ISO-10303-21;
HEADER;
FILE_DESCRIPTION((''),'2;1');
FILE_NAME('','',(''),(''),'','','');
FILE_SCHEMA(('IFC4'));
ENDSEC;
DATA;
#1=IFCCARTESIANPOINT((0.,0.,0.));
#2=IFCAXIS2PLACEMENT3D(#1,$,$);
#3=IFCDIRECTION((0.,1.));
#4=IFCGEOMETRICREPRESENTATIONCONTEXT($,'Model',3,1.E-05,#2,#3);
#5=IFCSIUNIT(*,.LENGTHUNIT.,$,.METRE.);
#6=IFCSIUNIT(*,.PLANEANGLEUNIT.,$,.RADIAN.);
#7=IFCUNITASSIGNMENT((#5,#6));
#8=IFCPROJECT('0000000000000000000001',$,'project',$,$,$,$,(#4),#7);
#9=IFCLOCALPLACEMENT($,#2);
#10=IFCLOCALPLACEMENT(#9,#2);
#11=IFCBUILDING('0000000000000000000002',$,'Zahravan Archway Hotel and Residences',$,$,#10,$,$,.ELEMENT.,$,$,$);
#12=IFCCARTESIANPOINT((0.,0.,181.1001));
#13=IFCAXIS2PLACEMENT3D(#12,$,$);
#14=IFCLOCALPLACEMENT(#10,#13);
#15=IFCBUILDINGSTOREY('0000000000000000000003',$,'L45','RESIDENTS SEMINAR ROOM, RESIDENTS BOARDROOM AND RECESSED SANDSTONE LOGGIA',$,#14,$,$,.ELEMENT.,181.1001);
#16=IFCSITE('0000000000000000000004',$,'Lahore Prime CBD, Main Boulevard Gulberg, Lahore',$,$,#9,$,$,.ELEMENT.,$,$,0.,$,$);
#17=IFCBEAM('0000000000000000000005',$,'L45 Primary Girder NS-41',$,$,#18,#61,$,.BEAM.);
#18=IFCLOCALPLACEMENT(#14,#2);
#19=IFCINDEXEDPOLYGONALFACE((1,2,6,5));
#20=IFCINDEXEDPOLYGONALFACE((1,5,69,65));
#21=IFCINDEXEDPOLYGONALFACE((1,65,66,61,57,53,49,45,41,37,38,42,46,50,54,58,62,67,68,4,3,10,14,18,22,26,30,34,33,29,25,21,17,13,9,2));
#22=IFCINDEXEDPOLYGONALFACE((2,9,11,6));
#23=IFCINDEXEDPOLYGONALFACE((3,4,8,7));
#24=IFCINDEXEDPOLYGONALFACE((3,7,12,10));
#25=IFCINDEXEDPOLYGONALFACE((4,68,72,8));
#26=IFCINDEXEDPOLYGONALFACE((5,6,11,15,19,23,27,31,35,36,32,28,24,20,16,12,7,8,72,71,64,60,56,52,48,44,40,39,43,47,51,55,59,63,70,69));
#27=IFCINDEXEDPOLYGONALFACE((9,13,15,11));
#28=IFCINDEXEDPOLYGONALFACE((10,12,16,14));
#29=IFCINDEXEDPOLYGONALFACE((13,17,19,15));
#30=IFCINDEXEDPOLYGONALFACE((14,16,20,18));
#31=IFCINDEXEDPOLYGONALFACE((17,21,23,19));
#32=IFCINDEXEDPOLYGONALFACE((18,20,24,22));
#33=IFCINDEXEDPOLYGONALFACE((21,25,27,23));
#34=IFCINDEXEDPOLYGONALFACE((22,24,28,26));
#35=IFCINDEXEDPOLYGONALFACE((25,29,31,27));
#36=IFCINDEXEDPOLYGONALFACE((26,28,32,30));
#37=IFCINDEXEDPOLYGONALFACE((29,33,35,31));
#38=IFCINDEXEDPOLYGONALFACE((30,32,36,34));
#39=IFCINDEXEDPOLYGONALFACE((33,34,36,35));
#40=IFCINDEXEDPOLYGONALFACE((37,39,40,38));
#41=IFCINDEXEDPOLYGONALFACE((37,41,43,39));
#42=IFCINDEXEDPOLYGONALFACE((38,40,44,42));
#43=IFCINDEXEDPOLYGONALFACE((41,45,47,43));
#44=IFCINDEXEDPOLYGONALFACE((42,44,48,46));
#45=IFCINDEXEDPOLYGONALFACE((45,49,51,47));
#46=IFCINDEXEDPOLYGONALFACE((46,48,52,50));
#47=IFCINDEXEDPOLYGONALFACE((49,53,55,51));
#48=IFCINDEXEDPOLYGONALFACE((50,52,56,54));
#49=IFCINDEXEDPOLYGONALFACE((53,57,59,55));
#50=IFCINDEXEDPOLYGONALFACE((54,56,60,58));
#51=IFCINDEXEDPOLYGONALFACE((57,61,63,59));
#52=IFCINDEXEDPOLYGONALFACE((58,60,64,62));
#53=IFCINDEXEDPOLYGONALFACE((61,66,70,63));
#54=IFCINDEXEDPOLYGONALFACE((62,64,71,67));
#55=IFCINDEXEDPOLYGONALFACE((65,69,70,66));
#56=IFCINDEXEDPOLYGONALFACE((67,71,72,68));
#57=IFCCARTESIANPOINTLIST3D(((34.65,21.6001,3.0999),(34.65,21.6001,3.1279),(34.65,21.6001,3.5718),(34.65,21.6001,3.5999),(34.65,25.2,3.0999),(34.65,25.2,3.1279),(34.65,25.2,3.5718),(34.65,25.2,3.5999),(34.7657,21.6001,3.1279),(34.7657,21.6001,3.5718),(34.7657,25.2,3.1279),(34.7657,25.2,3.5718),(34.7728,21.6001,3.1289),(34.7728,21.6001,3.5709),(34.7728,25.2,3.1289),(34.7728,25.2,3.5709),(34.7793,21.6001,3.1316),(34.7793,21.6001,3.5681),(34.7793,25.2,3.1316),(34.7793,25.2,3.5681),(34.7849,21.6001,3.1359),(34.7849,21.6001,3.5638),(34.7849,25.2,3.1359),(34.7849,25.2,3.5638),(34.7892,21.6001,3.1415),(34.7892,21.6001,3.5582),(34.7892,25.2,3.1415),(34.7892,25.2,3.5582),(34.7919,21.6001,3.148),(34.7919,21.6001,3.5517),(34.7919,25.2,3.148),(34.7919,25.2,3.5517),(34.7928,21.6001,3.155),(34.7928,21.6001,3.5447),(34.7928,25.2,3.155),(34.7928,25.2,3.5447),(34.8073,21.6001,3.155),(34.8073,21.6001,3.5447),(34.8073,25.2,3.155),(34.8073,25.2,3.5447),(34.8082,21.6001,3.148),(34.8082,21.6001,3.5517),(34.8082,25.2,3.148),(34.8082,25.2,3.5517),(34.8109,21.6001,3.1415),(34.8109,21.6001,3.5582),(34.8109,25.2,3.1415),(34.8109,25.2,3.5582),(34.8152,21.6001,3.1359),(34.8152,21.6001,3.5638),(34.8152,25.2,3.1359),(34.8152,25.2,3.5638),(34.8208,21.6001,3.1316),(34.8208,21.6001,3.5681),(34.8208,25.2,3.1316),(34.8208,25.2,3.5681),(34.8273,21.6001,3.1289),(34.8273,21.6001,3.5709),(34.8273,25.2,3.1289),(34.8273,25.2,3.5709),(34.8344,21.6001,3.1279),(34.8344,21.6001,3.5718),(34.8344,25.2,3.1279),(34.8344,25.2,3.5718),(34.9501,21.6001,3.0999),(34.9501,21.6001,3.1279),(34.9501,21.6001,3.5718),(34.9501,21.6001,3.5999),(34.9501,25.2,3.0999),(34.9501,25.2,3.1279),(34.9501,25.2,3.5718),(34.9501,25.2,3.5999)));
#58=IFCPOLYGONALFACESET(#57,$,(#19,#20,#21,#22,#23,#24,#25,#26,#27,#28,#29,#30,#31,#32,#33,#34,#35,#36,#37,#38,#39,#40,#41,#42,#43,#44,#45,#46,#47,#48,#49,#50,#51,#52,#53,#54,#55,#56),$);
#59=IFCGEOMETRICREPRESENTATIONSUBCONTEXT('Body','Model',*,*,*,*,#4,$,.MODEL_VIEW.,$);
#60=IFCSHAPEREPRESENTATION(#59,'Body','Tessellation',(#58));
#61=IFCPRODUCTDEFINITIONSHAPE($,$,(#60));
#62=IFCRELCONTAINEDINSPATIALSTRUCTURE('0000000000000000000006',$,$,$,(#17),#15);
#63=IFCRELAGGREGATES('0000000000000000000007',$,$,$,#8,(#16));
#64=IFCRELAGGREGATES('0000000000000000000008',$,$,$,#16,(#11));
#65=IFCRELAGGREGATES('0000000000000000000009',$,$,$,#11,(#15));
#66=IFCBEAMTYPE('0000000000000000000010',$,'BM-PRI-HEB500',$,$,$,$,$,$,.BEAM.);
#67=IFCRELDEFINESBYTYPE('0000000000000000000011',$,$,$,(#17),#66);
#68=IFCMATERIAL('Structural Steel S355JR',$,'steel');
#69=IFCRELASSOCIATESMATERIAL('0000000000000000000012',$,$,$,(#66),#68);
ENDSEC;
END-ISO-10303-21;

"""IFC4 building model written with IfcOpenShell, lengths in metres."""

from ifc_helpers import new_model, si_unit, direction, frame, origin, origin_2d, place, context, subcontext, project, spatial, i_section, extrude, source, transform, mapped, material, material_profile, profile_set, type_object, element, save


model = new_model("IFC4")

# Units and contexts
model_context = context("Model", 3, precision=1e-05, world=origin(), true_north=direction((0.0, 1.0)))
body_context = subcontext(model_context, "Body", "Model", "MODEL_VIEW")
ifc_project = project(units=[si_unit("LENGTHUNIT", "METRE"), si_unit("PLANEANGLEUNIT", "RADIAN")], contexts=[model_context])

# Site, building, storey
site_placement = place(None, origin())
site = spatial("IfcSite", under=ifc_project, at=site_placement, Name="Lahore Prime CBD, Main Boulevard Gulberg, Lahore", CompositionType="ELEMENT", RefElevation=0.0)
building_placement = place(site_placement, origin())
building = spatial("IfcBuilding", under=site, at=building_placement, Name="Zahravan Archway Hotel and Residences", CompositionType="ELEMENT")
storey_placement = place(building_placement, frame((0.0, 0.0, 181.1001)))
storey = spatial("IfcBuildingStorey", under=building, at=storey_placement, Name="L45", Description="RESIDENTS SEMINAR ROOM, RESIDENTS BOARDROOM AND RECESSED SANDSTONE LOGGIA", CompositionType="ELEMENT", Elevation=181.1001)

# Beam
ifc_material_1 = material(Name="Structural Steel S355JR", Category="steel")
ifc_material_profile_1 = material_profile(ifc_material_1, i_section(OverallWidth=0.3, OverallDepth=0.5, WebThickness=0.0144, FlangeThickness=0.0281, FilletRadius=0.0271, at=origin_2d()), Name="HEB 500", Category="steel")
ifc_profile_set_1 = profile_set([ifc_material_profile_1], Name="Structural Steel S355JR")
beam_type_1 = type_object("IfcBeamType", Name="BM-PRI-HEB500", PredefinedType="BEAM", material=ifc_profile_set_1)
shared_shape_1 = source(origin(), body_context, "Body", "SweptSolid", [
    extrude(i_section(OverallWidth=0.3, OverallDepth=0.5, WebThickness=0.0144, FlangeThickness=0.0281, FilletRadius=0.0271, at=origin_2d()), origin(), (0.0, 0.0, 1.0), 3.5999),
])
beam_1_placement = place(storey_placement, frame((34.8, 21.6001, 3.3499), z_axis=(0.0, 1.0, 0.0), x_axis=(-1.0, 0.0, 0.0)))
element("IfcBeam", 1, at=beam_1_placement, inside=storey, type_object=beam_type_1, Name="L45 Primary Girder NS-41", PredefinedType="BEAM", context=body_context, shape_type="MappedRepresentation", body=[
    mapped(shared_shape_1, transform((0.0, 0.0, 0.0), scale=1.0)),
])

save(model, "model.ifc")
